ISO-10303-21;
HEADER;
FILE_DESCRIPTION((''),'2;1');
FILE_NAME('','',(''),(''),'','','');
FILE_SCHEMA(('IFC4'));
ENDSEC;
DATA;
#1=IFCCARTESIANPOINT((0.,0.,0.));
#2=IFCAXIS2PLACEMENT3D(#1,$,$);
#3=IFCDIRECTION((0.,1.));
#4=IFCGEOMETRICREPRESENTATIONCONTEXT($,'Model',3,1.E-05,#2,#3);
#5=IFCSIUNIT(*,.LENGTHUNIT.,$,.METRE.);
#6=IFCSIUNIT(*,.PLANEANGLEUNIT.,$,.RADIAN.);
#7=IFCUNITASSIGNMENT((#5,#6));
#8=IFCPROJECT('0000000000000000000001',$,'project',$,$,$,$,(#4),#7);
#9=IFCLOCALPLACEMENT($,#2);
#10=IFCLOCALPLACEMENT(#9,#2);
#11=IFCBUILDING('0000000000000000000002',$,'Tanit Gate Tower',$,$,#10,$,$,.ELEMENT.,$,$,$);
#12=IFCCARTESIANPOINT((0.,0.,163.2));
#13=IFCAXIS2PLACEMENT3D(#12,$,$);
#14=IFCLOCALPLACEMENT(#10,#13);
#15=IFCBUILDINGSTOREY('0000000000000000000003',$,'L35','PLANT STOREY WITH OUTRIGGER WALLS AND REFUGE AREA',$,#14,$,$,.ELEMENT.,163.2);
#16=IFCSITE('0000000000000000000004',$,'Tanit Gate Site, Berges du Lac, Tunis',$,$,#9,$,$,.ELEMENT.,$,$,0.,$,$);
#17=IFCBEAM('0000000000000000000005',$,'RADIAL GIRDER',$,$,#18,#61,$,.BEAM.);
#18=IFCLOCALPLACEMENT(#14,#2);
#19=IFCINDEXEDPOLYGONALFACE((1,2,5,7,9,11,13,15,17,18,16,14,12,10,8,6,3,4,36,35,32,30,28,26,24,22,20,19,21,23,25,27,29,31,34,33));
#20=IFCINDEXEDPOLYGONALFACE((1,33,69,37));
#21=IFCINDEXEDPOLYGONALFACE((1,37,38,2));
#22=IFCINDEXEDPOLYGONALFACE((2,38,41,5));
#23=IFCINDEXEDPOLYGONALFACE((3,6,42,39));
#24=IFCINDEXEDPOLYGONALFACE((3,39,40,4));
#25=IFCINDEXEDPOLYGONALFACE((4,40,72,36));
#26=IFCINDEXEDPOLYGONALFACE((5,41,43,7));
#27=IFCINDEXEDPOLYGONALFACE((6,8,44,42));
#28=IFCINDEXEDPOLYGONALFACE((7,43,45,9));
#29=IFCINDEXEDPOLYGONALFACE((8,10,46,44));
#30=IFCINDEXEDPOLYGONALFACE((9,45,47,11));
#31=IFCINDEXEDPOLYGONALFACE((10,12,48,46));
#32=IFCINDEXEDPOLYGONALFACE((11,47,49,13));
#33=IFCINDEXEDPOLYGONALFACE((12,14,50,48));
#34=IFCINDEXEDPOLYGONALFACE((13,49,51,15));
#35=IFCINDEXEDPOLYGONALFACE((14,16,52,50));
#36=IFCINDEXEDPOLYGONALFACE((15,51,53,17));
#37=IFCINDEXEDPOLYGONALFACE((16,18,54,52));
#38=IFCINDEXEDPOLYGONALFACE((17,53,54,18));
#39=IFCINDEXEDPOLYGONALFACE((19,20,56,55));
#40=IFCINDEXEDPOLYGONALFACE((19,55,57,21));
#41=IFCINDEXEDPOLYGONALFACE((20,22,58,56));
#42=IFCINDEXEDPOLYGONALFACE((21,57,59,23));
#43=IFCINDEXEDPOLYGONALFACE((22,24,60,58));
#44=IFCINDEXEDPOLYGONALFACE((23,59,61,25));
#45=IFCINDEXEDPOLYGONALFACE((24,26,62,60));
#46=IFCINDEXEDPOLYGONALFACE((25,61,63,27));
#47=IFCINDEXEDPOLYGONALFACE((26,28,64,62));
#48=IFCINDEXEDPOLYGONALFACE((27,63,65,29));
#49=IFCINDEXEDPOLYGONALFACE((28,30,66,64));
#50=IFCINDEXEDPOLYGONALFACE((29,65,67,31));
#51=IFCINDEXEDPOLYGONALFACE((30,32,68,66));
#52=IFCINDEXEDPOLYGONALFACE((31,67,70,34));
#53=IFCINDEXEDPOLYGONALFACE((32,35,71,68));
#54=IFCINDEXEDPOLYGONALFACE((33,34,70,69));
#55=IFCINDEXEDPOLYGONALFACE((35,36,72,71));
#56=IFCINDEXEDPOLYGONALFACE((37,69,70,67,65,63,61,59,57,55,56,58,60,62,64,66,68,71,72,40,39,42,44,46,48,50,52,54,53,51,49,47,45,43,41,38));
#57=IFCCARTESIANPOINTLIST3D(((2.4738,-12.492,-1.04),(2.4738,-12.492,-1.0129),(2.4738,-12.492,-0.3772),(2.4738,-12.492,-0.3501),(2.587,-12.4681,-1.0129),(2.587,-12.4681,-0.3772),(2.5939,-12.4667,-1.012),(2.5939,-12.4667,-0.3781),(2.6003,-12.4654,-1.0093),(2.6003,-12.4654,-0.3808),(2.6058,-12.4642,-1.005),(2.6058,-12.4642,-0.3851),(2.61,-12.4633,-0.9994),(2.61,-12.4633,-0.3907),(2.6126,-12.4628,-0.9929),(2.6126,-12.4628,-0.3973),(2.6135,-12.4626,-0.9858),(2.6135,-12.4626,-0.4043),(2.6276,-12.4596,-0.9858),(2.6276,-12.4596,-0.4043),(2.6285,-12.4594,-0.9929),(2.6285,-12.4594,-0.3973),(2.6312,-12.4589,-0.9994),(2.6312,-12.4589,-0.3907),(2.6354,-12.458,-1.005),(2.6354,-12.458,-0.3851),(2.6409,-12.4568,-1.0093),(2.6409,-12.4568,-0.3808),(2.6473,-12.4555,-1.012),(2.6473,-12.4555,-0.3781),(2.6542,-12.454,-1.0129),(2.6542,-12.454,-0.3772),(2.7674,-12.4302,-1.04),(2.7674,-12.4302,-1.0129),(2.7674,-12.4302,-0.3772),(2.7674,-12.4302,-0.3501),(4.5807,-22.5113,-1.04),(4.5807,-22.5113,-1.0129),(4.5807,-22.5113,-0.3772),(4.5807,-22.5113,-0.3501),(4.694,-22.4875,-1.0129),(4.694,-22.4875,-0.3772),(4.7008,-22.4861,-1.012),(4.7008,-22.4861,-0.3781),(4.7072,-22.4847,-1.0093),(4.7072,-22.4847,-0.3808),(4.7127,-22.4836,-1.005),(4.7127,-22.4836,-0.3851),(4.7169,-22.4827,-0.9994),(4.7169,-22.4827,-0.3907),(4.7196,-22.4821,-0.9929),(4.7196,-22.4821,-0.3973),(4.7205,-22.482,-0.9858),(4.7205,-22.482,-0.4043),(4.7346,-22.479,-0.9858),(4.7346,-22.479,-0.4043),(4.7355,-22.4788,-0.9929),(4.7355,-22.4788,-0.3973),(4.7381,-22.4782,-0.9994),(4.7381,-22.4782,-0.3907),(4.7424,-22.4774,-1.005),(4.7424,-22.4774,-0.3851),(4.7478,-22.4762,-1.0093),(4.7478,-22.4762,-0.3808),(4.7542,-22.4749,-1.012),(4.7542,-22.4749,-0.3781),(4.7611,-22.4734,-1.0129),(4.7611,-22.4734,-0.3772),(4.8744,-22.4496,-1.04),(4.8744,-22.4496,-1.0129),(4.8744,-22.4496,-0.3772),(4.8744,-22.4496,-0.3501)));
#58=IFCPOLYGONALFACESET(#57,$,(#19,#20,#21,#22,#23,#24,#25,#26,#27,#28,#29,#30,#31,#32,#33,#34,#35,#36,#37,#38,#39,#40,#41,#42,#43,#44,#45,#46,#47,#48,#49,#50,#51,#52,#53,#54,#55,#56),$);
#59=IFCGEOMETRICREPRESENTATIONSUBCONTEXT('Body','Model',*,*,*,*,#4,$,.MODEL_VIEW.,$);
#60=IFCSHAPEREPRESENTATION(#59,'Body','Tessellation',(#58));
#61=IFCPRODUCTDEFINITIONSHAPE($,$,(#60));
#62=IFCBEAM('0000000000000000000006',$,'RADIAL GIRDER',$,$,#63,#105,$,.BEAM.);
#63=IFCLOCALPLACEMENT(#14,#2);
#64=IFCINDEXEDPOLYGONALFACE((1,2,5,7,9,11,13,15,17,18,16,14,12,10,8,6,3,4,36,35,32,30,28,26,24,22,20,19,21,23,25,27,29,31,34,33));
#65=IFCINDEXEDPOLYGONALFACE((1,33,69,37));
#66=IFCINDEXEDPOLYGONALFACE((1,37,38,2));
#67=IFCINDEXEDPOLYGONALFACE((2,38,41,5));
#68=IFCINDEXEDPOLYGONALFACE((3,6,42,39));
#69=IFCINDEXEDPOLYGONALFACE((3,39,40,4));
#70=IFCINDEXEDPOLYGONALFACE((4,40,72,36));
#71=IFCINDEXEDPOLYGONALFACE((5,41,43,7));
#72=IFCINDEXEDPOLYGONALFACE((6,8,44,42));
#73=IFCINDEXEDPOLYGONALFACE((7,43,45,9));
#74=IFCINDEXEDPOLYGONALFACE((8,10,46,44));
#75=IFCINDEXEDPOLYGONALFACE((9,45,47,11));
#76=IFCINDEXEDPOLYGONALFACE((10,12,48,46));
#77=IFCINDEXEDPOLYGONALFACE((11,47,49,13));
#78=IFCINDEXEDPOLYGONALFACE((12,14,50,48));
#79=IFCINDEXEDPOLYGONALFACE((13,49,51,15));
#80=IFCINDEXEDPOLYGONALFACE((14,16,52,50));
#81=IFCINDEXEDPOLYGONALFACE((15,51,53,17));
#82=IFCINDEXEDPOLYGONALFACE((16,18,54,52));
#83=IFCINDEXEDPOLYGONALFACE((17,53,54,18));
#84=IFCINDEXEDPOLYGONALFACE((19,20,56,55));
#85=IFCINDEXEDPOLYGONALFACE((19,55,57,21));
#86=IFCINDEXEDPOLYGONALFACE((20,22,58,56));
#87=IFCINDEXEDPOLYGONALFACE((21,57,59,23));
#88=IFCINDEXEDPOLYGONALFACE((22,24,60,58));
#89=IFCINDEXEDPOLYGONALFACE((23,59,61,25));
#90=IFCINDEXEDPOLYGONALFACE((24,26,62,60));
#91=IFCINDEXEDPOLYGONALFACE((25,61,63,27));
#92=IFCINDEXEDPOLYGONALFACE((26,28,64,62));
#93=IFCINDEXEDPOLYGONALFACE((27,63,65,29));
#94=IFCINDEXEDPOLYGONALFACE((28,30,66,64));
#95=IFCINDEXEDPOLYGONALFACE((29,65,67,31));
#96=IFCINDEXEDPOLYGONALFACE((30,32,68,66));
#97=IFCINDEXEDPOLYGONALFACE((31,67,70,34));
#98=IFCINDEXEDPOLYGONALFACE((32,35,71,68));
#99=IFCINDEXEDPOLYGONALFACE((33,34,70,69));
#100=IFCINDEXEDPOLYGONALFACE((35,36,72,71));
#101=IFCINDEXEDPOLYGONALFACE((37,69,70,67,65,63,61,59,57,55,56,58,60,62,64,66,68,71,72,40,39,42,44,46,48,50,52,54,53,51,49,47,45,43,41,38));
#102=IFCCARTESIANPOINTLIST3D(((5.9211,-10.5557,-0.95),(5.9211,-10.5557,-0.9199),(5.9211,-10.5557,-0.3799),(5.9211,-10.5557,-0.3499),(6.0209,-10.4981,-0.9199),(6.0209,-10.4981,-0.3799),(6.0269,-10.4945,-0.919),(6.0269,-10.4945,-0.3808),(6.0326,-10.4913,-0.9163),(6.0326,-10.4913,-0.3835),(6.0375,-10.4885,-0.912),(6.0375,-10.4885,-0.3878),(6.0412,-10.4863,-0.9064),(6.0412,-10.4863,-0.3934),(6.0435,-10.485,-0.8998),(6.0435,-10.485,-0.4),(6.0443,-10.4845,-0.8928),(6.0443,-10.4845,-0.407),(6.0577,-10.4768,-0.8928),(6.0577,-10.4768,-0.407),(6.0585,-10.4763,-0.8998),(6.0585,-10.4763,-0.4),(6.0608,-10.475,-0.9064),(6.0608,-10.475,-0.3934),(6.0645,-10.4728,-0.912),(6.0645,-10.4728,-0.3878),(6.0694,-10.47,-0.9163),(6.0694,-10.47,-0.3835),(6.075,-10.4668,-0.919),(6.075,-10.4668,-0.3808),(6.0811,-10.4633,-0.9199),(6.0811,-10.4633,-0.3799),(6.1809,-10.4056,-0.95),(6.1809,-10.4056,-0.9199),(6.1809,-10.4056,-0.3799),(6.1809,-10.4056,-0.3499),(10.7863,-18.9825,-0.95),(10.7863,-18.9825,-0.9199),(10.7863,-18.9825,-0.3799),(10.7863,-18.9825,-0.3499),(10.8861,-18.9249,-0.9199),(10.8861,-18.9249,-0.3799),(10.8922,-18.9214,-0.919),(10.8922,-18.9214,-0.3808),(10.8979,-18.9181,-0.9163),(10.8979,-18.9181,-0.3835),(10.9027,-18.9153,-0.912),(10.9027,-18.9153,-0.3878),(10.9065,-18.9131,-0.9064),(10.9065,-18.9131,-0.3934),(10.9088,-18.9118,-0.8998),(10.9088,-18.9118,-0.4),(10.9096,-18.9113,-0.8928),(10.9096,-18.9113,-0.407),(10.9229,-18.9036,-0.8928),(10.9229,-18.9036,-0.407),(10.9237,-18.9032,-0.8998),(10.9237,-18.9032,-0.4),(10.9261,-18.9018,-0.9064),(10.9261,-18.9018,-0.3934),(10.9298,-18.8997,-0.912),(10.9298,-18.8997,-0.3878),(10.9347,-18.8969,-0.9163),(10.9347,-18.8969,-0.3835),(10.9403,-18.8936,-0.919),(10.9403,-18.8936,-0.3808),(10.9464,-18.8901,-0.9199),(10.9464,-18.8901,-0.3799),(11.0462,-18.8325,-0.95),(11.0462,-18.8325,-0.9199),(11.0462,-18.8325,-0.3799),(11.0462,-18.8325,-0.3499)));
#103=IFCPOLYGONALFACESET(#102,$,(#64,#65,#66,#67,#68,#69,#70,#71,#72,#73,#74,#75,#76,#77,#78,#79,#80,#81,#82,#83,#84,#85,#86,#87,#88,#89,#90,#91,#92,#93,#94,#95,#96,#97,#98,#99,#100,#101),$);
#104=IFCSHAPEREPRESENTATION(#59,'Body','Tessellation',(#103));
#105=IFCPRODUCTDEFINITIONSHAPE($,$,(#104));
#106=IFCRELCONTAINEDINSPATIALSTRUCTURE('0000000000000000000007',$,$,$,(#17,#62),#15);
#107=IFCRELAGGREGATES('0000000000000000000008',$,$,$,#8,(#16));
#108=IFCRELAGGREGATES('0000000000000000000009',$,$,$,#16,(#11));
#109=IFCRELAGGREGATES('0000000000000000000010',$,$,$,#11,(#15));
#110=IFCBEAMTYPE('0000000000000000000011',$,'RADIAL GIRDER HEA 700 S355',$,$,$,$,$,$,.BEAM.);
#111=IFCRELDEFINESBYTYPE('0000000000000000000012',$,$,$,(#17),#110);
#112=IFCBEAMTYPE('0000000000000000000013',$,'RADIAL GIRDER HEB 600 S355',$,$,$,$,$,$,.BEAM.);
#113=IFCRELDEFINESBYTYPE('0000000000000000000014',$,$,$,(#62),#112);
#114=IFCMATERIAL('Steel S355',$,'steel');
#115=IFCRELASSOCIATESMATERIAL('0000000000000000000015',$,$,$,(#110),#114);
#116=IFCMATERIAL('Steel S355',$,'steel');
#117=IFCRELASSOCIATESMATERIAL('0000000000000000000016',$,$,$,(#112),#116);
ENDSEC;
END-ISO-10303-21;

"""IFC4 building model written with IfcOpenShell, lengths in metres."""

from ifc_helpers import new_model, si_unit, direction, frame, origin, origin_2d, place, context, subcontext, project, spatial, i_section, extrude, material, material_profile, profile_set, type_object, element, save


model = new_model("IFC4")

# Units and contexts
model_context = context("Model", 3, precision=1e-05, world=origin(), true_north=direction((0.0, 1.0)))
body_context = subcontext(model_context, "Body", "Model", "MODEL_VIEW")
ifc_project = project(units=[si_unit("LENGTHUNIT", "METRE"), si_unit("PLANEANGLEUNIT", "RADIAN")], contexts=[model_context])

# Site, building, storey
site_placement = place(None, origin())
site = spatial("IfcSite", under=ifc_project, at=site_placement, Name="Tanit Gate Site, Berges du Lac, Tunis", CompositionType="ELEMENT", RefElevation=0.0)
building_placement = place(site_placement, origin())
building = spatial("IfcBuilding", under=site, at=building_placement, Name="Tanit Gate Tower", CompositionType="ELEMENT")
storey_placement = place(building_placement, frame((0.0, 0.0, 163.2)))
storey = spatial("IfcBuildingStorey", under=building, at=storey_placement, Name="L35", Description="PLANT STOREY WITH OUTRIGGER WALLS AND REFUGE AREA", CompositionType="ELEMENT", Elevation=163.2)

# Beams
ifc_material_1 = material(Name="Steel S355", Category="steel")
ifc_material_profile_1 = material_profile(ifc_material_1, i_section(OverallWidth=0.3, OverallDepth=0.6899, WebThickness=0.0144, FlangeThickness=0.0271, FilletRadius=0.0271, at=origin_2d()), Name="HEA 700")
ifc_profile_set_1 = profile_set([ifc_material_profile_1], Name="Steel S355")
beam_type_1 = type_object("IfcBeamType", Name="RADIAL GIRDER HEA 700 S355", PredefinedType="BEAM", material=ifc_profile_set_1)
beam_1_placement = place(storey_placement, frame((4.7275, -22.4805, -0.6951), z_axis=(-0.205787, 0.978597, 0.0), x_axis=(-0.978597, -0.205787, 0.0)))
element("IfcBeam", 1, at=beam_1_placement, inside=storey, type_object=beam_type_1, Name="RADIAL GIRDER", PredefinedType="BEAM", context=body_context, shape_type="SweptSolid", body=[
    extrude(i_section(OverallWidth=0.3, OverallDepth=0.6899, WebThickness=0.0144, FlangeThickness=0.0271, FilletRadius=0.0271, at=origin_2d()), origin(), (0.0, 0.0, 1.0), 10.2385),
])
ifc_material_2 = material(Name="Steel S355", Category="steel")
ifc_material_profile_2 = material_profile(ifc_material_2, i_section(OverallWidth=0.3, OverallDepth=0.6001, WebThickness=0.0154, FlangeThickness=0.03, FilletRadius=0.0271, at=origin_2d()), Name="HEB 600")
ifc_profile_set_2 = profile_set([ifc_material_profile_2], Name="Steel S355")
beam_type_2 = type_object("IfcBeamType", Name="RADIAL GIRDER HEB 600 S355", PredefinedType="BEAM", material=ifc_profile_set_2)
beam_2_placement = place(storey_placement, frame((10.9163, -18.9075, -0.6499), z_axis=(-0.500003, 0.866023, 0.0), x_axis=(-0.866023, -0.500003, 0.0)))
element("IfcBeam", 2, at=beam_2_placement, inside=storey, type_object=beam_type_2, Name="RADIAL GIRDER", PredefinedType="BEAM", context=body_context, shape_type="SweptSolid", body=[
    extrude(i_section(OverallWidth=0.3, OverallDepth=0.6001, WebThickness=0.0154, FlangeThickness=0.03, FilletRadius=0.0271, at=origin_2d()), origin(), (0.0, 0.0, 1.0), 9.7305),
])

save(model, "model.ifc")
